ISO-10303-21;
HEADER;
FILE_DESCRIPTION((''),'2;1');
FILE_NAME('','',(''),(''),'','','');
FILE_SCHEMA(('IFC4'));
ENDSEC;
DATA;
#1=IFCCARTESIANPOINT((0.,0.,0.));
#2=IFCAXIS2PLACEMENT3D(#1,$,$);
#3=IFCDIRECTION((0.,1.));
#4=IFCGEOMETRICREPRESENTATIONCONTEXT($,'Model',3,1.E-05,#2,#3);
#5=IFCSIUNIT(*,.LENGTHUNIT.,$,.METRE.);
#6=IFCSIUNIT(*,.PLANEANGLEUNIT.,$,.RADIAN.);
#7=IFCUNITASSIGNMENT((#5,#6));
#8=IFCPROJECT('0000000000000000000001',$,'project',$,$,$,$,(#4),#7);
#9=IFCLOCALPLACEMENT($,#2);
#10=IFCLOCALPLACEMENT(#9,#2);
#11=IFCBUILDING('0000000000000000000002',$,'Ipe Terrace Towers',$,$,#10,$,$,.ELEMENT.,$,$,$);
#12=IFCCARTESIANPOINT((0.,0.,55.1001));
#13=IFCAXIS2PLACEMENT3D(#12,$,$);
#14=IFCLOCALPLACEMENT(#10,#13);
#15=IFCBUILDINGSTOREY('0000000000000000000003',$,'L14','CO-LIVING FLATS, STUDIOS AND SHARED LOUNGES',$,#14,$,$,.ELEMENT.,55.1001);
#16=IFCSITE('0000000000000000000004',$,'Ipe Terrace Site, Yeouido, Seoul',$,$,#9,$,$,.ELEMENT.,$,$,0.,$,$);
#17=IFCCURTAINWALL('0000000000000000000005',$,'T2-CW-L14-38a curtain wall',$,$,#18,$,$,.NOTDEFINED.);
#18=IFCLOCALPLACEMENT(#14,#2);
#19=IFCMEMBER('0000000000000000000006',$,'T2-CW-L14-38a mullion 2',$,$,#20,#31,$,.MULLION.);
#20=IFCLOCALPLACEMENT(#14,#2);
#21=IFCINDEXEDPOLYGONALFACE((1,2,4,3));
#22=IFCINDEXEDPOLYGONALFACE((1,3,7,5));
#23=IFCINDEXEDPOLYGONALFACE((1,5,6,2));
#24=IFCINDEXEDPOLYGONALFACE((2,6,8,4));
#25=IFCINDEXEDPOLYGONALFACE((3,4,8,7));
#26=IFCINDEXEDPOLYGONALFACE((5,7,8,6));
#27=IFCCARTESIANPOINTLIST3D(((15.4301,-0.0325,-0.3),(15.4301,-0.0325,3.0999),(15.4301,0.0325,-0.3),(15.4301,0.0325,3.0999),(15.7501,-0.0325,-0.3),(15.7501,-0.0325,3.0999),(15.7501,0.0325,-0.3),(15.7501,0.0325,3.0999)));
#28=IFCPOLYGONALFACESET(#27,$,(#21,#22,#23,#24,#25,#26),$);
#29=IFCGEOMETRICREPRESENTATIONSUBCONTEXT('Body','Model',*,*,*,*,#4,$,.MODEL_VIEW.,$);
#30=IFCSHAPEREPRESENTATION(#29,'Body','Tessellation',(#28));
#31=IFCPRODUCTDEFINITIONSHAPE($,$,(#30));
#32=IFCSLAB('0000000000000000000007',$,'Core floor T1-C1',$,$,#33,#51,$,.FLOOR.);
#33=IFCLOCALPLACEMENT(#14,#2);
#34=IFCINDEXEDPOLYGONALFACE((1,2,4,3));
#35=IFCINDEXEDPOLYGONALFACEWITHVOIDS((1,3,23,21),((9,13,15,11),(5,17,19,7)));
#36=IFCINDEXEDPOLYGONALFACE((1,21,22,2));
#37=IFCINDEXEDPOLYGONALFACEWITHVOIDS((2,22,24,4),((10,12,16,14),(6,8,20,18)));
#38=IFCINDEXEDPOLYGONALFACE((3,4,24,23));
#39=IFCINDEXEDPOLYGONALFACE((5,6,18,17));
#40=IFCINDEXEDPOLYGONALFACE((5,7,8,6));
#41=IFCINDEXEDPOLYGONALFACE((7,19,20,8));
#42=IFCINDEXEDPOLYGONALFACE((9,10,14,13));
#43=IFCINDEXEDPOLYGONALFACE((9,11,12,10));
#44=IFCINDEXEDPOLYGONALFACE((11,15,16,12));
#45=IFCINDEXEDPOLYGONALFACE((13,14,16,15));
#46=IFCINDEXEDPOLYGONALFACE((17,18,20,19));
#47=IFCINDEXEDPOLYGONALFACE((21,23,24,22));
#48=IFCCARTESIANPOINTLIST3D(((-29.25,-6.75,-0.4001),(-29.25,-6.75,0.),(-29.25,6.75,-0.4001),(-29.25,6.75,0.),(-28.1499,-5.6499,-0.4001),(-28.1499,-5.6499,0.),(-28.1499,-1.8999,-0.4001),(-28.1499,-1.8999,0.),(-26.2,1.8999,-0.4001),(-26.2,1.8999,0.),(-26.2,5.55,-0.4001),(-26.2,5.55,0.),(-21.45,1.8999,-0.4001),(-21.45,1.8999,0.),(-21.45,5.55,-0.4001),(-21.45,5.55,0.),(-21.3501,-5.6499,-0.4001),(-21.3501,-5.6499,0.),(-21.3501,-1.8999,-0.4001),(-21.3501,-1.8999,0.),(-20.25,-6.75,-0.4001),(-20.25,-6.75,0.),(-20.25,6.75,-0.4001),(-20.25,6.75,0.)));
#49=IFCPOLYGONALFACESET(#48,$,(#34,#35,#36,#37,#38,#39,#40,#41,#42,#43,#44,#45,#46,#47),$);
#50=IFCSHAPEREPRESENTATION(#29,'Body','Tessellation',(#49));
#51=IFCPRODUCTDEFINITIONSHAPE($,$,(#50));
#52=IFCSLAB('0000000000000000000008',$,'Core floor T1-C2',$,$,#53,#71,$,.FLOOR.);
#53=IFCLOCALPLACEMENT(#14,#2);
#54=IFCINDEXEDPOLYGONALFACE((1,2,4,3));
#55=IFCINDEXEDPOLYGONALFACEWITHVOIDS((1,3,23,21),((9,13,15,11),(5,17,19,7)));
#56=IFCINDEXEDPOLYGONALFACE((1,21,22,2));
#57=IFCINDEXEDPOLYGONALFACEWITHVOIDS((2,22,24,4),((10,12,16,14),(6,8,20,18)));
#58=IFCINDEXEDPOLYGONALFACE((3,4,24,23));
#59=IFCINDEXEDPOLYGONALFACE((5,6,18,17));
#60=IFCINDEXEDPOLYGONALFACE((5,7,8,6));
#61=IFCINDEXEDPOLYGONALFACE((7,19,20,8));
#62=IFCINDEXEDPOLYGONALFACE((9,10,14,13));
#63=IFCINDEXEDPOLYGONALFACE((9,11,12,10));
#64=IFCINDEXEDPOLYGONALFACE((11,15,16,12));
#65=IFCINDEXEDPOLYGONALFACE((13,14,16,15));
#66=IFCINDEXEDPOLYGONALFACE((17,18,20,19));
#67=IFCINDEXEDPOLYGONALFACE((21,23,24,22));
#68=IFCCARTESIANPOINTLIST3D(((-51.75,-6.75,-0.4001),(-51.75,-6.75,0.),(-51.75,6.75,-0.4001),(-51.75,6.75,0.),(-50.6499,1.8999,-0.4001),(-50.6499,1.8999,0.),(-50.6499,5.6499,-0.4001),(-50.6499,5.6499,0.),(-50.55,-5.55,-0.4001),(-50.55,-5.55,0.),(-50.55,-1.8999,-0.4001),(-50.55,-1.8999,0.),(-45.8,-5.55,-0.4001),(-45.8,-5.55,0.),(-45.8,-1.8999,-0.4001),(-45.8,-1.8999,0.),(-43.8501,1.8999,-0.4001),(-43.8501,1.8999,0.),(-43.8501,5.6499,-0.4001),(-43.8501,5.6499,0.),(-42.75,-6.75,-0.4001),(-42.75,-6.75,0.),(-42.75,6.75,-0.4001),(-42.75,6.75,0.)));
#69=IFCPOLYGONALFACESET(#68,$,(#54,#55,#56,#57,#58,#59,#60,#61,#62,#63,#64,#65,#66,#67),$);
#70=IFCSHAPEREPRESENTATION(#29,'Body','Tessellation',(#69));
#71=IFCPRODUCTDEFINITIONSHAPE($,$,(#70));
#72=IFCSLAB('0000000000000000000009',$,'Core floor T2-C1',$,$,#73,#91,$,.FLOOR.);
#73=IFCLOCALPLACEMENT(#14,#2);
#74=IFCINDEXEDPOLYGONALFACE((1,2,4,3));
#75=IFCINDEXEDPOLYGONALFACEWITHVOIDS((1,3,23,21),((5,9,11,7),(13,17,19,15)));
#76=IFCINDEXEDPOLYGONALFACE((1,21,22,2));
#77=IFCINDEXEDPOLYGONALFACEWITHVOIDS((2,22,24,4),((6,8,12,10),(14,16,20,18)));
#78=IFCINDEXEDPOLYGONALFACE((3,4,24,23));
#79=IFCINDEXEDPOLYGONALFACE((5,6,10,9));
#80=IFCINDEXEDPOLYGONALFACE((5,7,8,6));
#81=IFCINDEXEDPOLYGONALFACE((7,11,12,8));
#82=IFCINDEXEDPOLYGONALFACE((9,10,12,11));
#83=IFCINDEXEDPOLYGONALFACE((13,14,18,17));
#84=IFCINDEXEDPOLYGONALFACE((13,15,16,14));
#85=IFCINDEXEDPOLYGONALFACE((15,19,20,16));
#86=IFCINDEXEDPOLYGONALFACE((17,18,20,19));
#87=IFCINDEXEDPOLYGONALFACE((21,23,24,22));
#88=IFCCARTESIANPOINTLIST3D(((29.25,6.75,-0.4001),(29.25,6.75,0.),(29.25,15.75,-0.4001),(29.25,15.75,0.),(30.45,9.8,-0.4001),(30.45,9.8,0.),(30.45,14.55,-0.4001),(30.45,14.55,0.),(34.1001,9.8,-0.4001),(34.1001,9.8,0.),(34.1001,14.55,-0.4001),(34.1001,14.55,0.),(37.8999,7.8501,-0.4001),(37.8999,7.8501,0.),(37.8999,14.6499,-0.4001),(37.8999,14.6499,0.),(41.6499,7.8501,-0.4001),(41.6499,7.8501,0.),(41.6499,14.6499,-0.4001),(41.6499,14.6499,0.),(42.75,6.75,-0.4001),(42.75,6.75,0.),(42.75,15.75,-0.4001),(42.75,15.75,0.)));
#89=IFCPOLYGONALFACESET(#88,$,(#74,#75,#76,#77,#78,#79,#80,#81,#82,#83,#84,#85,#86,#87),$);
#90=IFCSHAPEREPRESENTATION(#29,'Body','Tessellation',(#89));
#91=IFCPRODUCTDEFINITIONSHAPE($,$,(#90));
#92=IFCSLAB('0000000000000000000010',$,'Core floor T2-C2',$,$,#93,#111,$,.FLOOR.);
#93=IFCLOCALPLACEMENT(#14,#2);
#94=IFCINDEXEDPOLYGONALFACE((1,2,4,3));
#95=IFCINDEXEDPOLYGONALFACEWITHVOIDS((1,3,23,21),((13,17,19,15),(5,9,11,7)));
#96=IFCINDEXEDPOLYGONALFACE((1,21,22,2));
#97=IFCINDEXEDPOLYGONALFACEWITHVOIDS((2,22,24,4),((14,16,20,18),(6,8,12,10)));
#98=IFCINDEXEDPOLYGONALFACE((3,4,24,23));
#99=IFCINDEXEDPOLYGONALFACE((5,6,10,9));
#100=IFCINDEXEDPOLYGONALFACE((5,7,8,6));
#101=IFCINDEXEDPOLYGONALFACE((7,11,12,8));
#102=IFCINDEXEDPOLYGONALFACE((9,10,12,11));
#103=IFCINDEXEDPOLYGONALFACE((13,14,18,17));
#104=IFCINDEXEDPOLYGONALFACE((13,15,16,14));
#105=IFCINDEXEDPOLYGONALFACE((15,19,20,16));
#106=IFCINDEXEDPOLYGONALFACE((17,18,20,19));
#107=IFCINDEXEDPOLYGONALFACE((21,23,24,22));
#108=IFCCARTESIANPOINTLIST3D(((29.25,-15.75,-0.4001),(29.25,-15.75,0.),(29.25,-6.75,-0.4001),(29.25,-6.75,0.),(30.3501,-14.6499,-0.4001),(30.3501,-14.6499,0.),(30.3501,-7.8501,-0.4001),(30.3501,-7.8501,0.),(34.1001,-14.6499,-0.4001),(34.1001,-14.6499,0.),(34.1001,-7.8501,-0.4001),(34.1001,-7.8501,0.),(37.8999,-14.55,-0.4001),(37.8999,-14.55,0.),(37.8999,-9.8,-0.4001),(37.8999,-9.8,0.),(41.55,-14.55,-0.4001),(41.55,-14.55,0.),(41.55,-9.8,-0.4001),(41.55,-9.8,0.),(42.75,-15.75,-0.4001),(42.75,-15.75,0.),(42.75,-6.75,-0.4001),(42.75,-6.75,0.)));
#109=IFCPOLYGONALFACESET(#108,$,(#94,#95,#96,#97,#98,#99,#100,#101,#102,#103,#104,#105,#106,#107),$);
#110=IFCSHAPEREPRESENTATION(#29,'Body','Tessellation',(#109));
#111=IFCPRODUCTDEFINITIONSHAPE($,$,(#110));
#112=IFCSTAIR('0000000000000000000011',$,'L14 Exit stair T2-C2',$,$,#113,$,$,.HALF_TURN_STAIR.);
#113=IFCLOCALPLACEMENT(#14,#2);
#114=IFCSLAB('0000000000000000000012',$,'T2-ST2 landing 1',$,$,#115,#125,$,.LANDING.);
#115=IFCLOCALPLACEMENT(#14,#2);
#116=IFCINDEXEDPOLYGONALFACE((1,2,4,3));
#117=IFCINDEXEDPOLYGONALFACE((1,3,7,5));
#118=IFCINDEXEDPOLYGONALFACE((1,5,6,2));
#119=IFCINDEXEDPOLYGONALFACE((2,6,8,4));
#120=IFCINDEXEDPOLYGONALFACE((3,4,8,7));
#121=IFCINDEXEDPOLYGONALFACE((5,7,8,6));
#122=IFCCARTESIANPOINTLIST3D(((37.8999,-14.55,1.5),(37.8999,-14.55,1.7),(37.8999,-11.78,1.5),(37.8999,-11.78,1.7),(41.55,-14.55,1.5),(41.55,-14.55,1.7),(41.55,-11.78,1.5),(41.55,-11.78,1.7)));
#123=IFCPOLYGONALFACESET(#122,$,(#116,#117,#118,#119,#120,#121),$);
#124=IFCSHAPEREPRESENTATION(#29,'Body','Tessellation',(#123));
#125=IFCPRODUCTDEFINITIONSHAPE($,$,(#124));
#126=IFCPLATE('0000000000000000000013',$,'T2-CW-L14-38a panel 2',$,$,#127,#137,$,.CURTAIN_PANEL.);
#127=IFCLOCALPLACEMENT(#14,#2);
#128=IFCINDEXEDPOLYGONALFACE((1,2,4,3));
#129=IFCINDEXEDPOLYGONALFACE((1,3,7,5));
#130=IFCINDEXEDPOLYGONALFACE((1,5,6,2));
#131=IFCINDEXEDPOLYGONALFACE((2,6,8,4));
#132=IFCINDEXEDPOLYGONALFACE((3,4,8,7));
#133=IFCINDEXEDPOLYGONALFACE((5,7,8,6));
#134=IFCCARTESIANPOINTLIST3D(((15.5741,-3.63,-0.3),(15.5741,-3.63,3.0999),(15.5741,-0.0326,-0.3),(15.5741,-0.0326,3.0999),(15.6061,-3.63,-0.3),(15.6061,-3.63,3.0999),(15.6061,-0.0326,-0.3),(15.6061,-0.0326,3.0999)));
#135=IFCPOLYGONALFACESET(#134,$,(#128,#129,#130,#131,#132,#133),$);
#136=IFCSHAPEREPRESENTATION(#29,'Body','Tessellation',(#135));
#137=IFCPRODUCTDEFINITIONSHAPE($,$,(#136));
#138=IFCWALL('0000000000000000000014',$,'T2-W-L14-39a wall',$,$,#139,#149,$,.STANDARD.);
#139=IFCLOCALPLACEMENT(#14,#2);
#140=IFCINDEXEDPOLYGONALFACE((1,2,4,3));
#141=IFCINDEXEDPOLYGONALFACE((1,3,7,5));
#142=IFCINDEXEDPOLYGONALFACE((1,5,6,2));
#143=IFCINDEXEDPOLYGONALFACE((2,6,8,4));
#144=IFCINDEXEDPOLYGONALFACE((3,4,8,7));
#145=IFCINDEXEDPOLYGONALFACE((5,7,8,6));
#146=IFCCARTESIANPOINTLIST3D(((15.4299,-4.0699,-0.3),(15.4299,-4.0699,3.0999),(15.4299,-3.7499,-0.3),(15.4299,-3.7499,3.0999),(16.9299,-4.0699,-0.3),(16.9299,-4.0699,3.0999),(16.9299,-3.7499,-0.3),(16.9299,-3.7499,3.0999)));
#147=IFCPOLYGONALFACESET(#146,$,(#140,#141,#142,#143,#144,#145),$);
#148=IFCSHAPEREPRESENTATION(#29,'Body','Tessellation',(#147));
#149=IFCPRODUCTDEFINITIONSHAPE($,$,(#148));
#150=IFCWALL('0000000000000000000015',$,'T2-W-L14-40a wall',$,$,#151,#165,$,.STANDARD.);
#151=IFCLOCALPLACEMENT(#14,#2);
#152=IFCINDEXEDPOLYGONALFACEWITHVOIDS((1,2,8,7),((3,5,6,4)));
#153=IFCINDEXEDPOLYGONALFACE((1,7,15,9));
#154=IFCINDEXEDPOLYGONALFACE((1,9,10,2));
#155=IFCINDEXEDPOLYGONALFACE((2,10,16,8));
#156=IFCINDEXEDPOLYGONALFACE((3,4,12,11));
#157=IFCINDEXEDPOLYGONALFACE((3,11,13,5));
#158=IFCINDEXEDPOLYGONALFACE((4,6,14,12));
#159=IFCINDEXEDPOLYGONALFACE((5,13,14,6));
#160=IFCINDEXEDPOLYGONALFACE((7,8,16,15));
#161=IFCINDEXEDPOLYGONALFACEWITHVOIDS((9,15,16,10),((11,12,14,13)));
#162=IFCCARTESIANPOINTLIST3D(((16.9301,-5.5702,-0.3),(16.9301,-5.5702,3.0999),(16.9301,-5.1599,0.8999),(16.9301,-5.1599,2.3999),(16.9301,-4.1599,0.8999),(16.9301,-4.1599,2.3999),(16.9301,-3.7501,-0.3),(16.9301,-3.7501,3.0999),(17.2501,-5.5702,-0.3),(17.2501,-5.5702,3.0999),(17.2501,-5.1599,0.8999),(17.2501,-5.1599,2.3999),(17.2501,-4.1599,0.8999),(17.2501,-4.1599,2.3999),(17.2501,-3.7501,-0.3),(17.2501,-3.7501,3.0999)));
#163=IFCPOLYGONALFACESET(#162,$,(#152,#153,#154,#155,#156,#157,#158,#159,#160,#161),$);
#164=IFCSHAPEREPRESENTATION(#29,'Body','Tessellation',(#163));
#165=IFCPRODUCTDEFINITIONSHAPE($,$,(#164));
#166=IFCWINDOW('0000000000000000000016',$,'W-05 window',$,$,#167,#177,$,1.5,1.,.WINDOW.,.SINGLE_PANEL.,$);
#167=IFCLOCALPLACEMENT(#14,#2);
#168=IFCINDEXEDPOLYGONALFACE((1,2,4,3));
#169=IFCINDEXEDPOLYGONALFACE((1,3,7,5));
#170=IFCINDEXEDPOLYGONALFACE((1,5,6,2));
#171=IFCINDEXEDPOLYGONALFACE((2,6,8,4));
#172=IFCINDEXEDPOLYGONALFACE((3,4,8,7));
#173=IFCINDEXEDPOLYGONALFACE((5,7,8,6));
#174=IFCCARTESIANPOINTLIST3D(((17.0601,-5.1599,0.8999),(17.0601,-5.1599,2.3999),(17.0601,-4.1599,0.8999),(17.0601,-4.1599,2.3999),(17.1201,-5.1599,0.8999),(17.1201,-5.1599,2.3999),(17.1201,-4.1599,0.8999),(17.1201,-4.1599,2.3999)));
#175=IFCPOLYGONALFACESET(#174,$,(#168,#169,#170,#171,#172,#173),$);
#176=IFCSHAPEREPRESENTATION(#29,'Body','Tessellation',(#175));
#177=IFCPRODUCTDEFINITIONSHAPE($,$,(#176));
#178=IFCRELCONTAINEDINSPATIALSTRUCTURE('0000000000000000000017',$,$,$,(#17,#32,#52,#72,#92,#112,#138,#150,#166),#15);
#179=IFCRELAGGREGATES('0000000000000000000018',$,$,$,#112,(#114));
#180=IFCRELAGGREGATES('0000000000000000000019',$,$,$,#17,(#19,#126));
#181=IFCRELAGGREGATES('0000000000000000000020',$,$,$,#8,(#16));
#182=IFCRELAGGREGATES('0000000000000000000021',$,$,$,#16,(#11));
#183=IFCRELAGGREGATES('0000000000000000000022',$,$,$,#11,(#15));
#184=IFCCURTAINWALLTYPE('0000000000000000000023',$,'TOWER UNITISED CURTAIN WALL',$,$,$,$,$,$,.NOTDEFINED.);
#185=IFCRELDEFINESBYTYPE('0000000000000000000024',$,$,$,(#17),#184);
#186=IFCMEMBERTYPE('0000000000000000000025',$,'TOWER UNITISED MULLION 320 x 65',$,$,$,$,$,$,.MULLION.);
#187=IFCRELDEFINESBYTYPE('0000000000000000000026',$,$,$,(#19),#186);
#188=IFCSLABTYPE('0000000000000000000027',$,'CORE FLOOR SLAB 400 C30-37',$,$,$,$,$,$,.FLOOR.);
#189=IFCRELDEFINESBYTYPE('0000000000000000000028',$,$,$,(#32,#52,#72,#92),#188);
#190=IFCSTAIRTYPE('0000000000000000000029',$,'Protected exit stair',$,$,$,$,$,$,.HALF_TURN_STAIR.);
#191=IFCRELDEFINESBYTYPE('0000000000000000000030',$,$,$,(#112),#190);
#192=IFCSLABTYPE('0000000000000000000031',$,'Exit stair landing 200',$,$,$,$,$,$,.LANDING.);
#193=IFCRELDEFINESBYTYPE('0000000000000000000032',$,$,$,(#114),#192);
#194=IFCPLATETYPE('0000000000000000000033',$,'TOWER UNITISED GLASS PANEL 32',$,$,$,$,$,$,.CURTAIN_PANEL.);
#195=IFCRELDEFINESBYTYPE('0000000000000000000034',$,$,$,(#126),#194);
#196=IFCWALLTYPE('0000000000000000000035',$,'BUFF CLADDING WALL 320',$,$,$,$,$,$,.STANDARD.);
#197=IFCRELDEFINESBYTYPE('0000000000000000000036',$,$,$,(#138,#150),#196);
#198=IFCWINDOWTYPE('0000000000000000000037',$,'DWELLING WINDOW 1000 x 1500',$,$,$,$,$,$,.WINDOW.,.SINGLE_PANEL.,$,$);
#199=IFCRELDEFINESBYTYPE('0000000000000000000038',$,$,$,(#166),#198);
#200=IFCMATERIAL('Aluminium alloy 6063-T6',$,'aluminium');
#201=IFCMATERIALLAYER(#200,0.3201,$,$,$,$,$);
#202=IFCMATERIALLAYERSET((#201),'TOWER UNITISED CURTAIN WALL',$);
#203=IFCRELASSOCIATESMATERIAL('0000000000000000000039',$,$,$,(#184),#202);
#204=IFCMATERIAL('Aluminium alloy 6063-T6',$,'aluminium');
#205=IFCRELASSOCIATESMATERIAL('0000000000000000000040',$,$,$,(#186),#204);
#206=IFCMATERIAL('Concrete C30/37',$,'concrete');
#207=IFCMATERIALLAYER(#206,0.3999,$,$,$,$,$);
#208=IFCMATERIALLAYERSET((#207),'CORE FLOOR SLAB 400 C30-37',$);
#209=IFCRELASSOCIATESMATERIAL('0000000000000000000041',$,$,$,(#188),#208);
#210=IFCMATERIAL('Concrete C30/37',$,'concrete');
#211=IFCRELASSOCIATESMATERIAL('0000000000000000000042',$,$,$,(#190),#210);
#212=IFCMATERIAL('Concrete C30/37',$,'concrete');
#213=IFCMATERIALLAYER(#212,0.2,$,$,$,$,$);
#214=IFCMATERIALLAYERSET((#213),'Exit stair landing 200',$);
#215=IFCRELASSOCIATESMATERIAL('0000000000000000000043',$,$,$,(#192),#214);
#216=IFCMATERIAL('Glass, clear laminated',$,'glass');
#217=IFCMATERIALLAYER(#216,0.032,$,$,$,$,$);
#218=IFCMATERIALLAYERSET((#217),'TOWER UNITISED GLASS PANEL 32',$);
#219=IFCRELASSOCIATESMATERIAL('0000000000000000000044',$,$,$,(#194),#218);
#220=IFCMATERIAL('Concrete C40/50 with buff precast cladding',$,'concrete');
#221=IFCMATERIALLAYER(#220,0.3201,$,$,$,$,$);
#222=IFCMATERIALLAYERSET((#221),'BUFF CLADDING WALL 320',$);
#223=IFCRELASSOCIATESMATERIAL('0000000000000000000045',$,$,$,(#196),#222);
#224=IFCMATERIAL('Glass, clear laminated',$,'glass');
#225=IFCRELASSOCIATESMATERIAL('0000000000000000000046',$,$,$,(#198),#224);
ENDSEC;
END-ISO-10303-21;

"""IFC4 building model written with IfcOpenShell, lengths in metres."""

from ifc_helpers import new_model, si_unit, direction, frame, frame_2d, origin, origin_2d, place, context, subcontext, project, spatial, polyline, rectangle, outline, extrude, material, layer, layer_set, material_profile, profile_set, type_object, element, fill, aggregate, save


model = new_model("IFC4")

# Units and contexts
model_context = context("Model", 3, precision=1e-05, world=origin(), true_north=direction((0.0, 1.0)))
body_context = subcontext(model_context, "Body", "Model", "MODEL_VIEW")
ifc_project = project(units=[si_unit("LENGTHUNIT", "METRE"), si_unit("PLANEANGLEUNIT", "RADIAN")], contexts=[model_context])

# Site, building, storey
site_placement = place(None, origin())
site = spatial("IfcSite", under=ifc_project, at=site_placement, Name="Ipe Terrace Site, Yeouido, Seoul", CompositionType="ELEMENT", RefElevation=0.0)
building_placement = place(site_placement, origin())
building = spatial("IfcBuilding", under=site, at=building_placement, Name="Ipe Terrace Towers", CompositionType="ELEMENT")
storey_placement = place(building_placement, frame((0.0, 0.0, 55.1001)))
storey = spatial("IfcBuildingStorey", under=building, at=storey_placement, Name="L14", Description="CO-LIVING FLATS, STUDIOS AND SHARED LOUNGES", CompositionType="ELEMENT", Elevation=55.1001)

# Curtain wall
ifc_material_1 = material(Name="Aluminium alloy 6063-T6", Category="aluminium")
ifc_layer_1 = layer(ifc_material_1, 0.3201)
ifc_layer_set_1 = layer_set([ifc_layer_1], Name="TOWER UNITISED CURTAIN WALL")
curtain_wall_type = type_object("IfcCurtainWallType", Name="TOWER UNITISED CURTAIN WALL", PredefinedType="NOTDEFINED", material=ifc_layer_set_1)
curtain_wall_1_placement = place(storey_placement, origin())
curtain_wall_1 = element("IfcCurtainWall", 1, at=curtain_wall_1_placement, inside=storey, type_object=curtain_wall_type, Name="T2-CW-L14-38a curtain wall", PredefinedType="NOTDEFINED")

# Member
ifc_material_2 = material(Name="Aluminium alloy 6063-T6", Category="aluminium")
ifc_material_profile_1 = material_profile(ifc_material_2, rectangle(XDim=0.3201, YDim=0.0649, at=origin_2d()), Name="TOWER UNITISED MULLION 320 x 65")
ifc_profile_set_1 = profile_set([ifc_material_profile_1], Name="Aluminium alloy 6063-T6")
member_type_1 = type_object("IfcMemberType", Name="TOWER UNITISED MULLION 320 x 65", PredefinedType="MULLION", material=ifc_profile_set_1)
member_1_placement = place(storey_placement, frame((15.5901, 0.0, -0.3), z_axis=(0.0, 0.0, 1.0), x_axis=(-1.0, 0.0, 0.0)))
member_1 = element("IfcMember", 2, at=member_1_placement, type_object=member_type_1, Name="T2-CW-L14-38a mullion 2", PredefinedType="MULLION", context=body_context, shape_type="SweptSolid", body=[
    extrude(rectangle(XDim=0.3201, YDim=0.0649, at=origin_2d()), origin(), (0.0, 0.0, 1.0), 3.3999),
])

# Slabs
ifc_material_3 = material(Name="Concrete C30/37", Category="concrete")
ifc_layer_2 = layer(ifc_material_3, 0.3999)
ifc_layer_set_2 = layer_set([ifc_layer_2], Name="CORE FLOOR SLAB 400 C30-37")
slab_type_1 = type_object("IfcSlabType", Name="CORE FLOOR SLAB 400 C30-37", PredefinedType="FLOOR", material=ifc_layer_set_2)
slab_1_placement = place(storey_placement, frame((0.0, 0.0, -0.4001)))
element("IfcSlab", 3, at=slab_1_placement, inside=storey, type_object=slab_type_1, Name="Core floor T1-C1", PredefinedType="FLOOR", context=body_context, shape_type="SweptSolid", body=[
    extrude(outline(polyline([(-29.25, -6.75), (-29.25, 6.75), (-20.25, 6.75), (-20.25, -6.75), (-29.25, -6.75)]), holes=[polyline([(-28.1499, -5.6499), (-21.3501, -5.6499), (-21.3501, -1.8999), (-28.1499, -1.8999), (-28.1499, -5.6499)]), polyline([(-26.2, 5.55), (-26.2, 1.8999), (-21.45, 1.8999), (-21.45, 5.55), (-26.2, 5.55)])]), origin(), (0.0, 0.0, 1.0), 0.4001),
])
slab_2_placement = place(storey_placement, frame((0.0, 0.0, -0.4001)))
element("IfcSlab", 4, at=slab_2_placement, inside=storey, type_object=slab_type_1, Name="Core floor T1-C2", PredefinedType="FLOOR", context=body_context, shape_type="SweptSolid", body=[
    extrude(outline(polyline([(-51.75, -6.75), (-51.75, 6.75), (-42.75, 6.75), (-42.75, -6.75), (-51.75, -6.75)]), holes=[polyline([(-45.8, -5.55), (-45.8, -1.8999), (-50.55, -1.8999), (-50.55, -5.55), (-45.8, -5.55)]), polyline([(-50.6499, 1.8999), (-43.8501, 1.8999), (-43.8501, 5.6499), (-50.6499, 5.6499), (-50.6499, 1.8999)])]), origin(), (0.0, 0.0, 1.0), 0.4001),
])
slab_3_placement = place(storey_placement, frame((0.0, 0.0, -0.4001)))
element("IfcSlab", 5, at=slab_3_placement, inside=storey, type_object=slab_type_1, Name="Core floor T2-C1", PredefinedType="FLOOR", context=body_context, shape_type="SweptSolid", body=[
    extrude(outline(polyline([(29.25, 6.75), (29.25, 15.75), (42.75, 15.75), (42.75, 6.75), (29.25, 6.75)]), holes=[polyline([(41.6499, 7.8501), (41.6499, 14.6499), (37.8999, 14.6499), (37.8999, 7.8501), (41.6499, 7.8501)]), polyline([(30.45, 9.8), (34.1001, 9.8), (34.1001, 14.55), (30.45, 14.55), (30.45, 9.8)])]), origin(), (0.0, 0.0, 1.0), 0.4001),
])
slab_4_placement = place(storey_placement, frame((0.0, 0.0, -0.4001)))
element("IfcSlab", 6, at=slab_4_placement, inside=storey, type_object=slab_type_1, Name="Core floor T2-C2", PredefinedType="FLOOR", context=body_context, shape_type="SweptSolid", body=[
    extrude(outline(polyline([(29.25, -15.75), (29.25, -6.75), (42.75, -6.75), (42.75, -15.75), (29.25, -15.75)]), holes=[polyline([(34.1001, -14.6499), (34.1001, -7.8501), (30.3501, -7.8501), (30.3501, -14.6499), (34.1001, -14.6499)]), polyline([(41.55, -9.8), (37.8999, -9.8), (37.8999, -14.55), (41.55, -14.55), (41.55, -9.8)])]), origin(), (0.0, 0.0, 1.0), 0.4001),
])

# Stair, slab
ifc_material_4 = material(Name="Concrete C30/37", Category="concrete")
stair_type = type_object("IfcStairType", Name="Protected exit stair", PredefinedType="HALF_TURN_STAIR", material=ifc_material_4)
stair_placement = place(storey_placement, origin())
stair = element("IfcStair", 7, at=stair_placement, inside=storey, type_object=stair_type, Name="L14 Exit stair T2-C2", PredefinedType="HALF_TURN_STAIR")
ifc_material_5 = material(Name="Concrete C30/37", Category="concrete")
ifc_layer_3 = layer(ifc_material_5, 0.2)
ifc_layer_set_3 = layer_set([ifc_layer_3], Name="Exit stair landing 200")
slab_type_2 = type_object("IfcSlabType", Name="Exit stair landing 200", PredefinedType="LANDING", material=ifc_layer_set_3)
slab_5_placement = place(storey_placement, frame((0.0, 0.0, 1.5)))
slab_5 = element("IfcSlab", 8, at=slab_5_placement, type_object=slab_type_2, Name="T2-ST2 landing 1", PredefinedType="LANDING", context=body_context, shape_type="SweptSolid", body=[
    extrude(outline(polyline([(37.8999, -11.78), (37.8999, -14.55), (41.55, -14.55), (41.55, -11.78), (37.8999, -11.78)])), origin(), (0.0, 0.0, 1.0), 0.2),
])
aggregate(stair, [slab_5])

# Plate
ifc_material_6 = material(Name="Glass, clear laminated", Category="glass")
ifc_layer_4 = layer(ifc_material_6, 0.032)
ifc_layer_set_4 = layer_set([ifc_layer_4], Name="TOWER UNITISED GLASS PANEL 32")
plate_type = type_object("IfcPlateType", Name="TOWER UNITISED GLASS PANEL 32", PredefinedType="CURTAIN_PANEL", material=ifc_layer_set_4)
plate_placement = place(storey_placement, frame((15.5901, -1.8313, -0.3), z_axis=(0.0, 0.0, 1.0), x_axis=(0.0, -1.0, 0.0)))
plate = element("IfcPlate", 9, at=plate_placement, type_object=plate_type, Name="T2-CW-L14-38a panel 2", PredefinedType="CURTAIN_PANEL", context=body_context, shape_type="SweptSolid", body=[
    extrude(rectangle(XDim=3.5974, YDim=0.032, at=origin_2d()), origin(), (0.0, 0.0, 1.0), 3.3999),
])
aggregate(curtain_wall_1, [member_1, plate])

# Wall
ifc_material_7 = material(Name="Concrete C40/50 with buff precast cladding", Category="concrete")
ifc_layer_5 = layer(ifc_material_7, 0.3201)
ifc_layer_set_5 = layer_set([ifc_layer_5], Name="BUFF CLADDING WALL 320")
wall_type = type_object("IfcWallType", Name="BUFF CLADDING WALL 320", PredefinedType="STANDARD", material=ifc_layer_set_5)
wall_1_placement = place(storey_placement, frame((15.4299, -3.9099, -0.3), z_axis=(0.0, 0.0, 1.0), x_axis=(1.0, 0.0, 0.0)))
element("IfcWall", 10, at=wall_1_placement, inside=storey, type_object=wall_type, Name="T2-W-L14-39a wall", PredefinedType="STANDARD", context=body_context, shape_type="SweptSolid", body=[
    extrude(rectangle(XDim=1.5, YDim=0.3201, at=frame_2d((0.75, 0.0))), origin(), (0.0, 0.0, 1.0), 3.3999),
])

# Wall, opening, window
wall_2_placement = place(storey_placement, frame((17.0901, -3.75, -0.3), z_axis=(0.0, 0.0, 1.0), x_axis=(0.0, -1.0, 0.0)))
wall_2 = element("IfcWall", 11, at=wall_2_placement, inside=storey, type_object=wall_type, Name="T2-W-L14-40a wall", PredefinedType="STANDARD", context=body_context, shape_type="SweptSolid", body=[
    extrude(rectangle(XDim=1.8201, YDim=0.3201, at=frame_2d((0.9102, 0.0))), origin(), (0.0, 0.0, 1.0), 3.3999),
])
opening_placement = place(wall_2_placement, frame((0.4099, 0.0, 1.2)))
opening = element("IfcOpeningElement", 12, at=opening_placement, cuts=wall_2, PredefinedType="OPENING", context=body_context, shape_type="SweptSolid", body=[
    extrude(rectangle(XDim=1.0, YDim=1.5, at=frame_2d((0.5, 0.75))), frame((0.0, 0.1699, 0.0), z_axis=(0.0, -1.0, 0.0), x_axis=(1.0, 0.0, 0.0)), (0.0, 0.0, 1.0), 0.3401),
])
ifc_material_8 = material(Name="Glass, clear laminated", Category="glass")
window_type = type_object("IfcWindowType", Name="DWELLING WINDOW 1000 x 1500", PartitioningType="SINGLE_PANEL", PredefinedType="WINDOW", material=ifc_material_8)
window_placement = place(opening_placement, origin())
window = element("IfcWindow", 13, at=window_placement, inside=storey, type_object=window_type, Name="W-05 window", OverallHeight=1.5, OverallWidth=1.0, PartitioningType="SINGLE_PANEL", PredefinedType="WINDOW", context=body_context, shape_type="SweptSolid", body=[
    extrude(rectangle(XDim=1.0, YDim=1.5, at=frame_2d((0.5, 0.75))), frame((0.0, 0.03, 0.0), z_axis=(0.0, -1.0, 0.0), x_axis=(1.0, 0.0, 0.0)), (0.0, 0.0, 1.0), 0.0601),
])
fill(opening, window)

save(model, "model.ifc")
